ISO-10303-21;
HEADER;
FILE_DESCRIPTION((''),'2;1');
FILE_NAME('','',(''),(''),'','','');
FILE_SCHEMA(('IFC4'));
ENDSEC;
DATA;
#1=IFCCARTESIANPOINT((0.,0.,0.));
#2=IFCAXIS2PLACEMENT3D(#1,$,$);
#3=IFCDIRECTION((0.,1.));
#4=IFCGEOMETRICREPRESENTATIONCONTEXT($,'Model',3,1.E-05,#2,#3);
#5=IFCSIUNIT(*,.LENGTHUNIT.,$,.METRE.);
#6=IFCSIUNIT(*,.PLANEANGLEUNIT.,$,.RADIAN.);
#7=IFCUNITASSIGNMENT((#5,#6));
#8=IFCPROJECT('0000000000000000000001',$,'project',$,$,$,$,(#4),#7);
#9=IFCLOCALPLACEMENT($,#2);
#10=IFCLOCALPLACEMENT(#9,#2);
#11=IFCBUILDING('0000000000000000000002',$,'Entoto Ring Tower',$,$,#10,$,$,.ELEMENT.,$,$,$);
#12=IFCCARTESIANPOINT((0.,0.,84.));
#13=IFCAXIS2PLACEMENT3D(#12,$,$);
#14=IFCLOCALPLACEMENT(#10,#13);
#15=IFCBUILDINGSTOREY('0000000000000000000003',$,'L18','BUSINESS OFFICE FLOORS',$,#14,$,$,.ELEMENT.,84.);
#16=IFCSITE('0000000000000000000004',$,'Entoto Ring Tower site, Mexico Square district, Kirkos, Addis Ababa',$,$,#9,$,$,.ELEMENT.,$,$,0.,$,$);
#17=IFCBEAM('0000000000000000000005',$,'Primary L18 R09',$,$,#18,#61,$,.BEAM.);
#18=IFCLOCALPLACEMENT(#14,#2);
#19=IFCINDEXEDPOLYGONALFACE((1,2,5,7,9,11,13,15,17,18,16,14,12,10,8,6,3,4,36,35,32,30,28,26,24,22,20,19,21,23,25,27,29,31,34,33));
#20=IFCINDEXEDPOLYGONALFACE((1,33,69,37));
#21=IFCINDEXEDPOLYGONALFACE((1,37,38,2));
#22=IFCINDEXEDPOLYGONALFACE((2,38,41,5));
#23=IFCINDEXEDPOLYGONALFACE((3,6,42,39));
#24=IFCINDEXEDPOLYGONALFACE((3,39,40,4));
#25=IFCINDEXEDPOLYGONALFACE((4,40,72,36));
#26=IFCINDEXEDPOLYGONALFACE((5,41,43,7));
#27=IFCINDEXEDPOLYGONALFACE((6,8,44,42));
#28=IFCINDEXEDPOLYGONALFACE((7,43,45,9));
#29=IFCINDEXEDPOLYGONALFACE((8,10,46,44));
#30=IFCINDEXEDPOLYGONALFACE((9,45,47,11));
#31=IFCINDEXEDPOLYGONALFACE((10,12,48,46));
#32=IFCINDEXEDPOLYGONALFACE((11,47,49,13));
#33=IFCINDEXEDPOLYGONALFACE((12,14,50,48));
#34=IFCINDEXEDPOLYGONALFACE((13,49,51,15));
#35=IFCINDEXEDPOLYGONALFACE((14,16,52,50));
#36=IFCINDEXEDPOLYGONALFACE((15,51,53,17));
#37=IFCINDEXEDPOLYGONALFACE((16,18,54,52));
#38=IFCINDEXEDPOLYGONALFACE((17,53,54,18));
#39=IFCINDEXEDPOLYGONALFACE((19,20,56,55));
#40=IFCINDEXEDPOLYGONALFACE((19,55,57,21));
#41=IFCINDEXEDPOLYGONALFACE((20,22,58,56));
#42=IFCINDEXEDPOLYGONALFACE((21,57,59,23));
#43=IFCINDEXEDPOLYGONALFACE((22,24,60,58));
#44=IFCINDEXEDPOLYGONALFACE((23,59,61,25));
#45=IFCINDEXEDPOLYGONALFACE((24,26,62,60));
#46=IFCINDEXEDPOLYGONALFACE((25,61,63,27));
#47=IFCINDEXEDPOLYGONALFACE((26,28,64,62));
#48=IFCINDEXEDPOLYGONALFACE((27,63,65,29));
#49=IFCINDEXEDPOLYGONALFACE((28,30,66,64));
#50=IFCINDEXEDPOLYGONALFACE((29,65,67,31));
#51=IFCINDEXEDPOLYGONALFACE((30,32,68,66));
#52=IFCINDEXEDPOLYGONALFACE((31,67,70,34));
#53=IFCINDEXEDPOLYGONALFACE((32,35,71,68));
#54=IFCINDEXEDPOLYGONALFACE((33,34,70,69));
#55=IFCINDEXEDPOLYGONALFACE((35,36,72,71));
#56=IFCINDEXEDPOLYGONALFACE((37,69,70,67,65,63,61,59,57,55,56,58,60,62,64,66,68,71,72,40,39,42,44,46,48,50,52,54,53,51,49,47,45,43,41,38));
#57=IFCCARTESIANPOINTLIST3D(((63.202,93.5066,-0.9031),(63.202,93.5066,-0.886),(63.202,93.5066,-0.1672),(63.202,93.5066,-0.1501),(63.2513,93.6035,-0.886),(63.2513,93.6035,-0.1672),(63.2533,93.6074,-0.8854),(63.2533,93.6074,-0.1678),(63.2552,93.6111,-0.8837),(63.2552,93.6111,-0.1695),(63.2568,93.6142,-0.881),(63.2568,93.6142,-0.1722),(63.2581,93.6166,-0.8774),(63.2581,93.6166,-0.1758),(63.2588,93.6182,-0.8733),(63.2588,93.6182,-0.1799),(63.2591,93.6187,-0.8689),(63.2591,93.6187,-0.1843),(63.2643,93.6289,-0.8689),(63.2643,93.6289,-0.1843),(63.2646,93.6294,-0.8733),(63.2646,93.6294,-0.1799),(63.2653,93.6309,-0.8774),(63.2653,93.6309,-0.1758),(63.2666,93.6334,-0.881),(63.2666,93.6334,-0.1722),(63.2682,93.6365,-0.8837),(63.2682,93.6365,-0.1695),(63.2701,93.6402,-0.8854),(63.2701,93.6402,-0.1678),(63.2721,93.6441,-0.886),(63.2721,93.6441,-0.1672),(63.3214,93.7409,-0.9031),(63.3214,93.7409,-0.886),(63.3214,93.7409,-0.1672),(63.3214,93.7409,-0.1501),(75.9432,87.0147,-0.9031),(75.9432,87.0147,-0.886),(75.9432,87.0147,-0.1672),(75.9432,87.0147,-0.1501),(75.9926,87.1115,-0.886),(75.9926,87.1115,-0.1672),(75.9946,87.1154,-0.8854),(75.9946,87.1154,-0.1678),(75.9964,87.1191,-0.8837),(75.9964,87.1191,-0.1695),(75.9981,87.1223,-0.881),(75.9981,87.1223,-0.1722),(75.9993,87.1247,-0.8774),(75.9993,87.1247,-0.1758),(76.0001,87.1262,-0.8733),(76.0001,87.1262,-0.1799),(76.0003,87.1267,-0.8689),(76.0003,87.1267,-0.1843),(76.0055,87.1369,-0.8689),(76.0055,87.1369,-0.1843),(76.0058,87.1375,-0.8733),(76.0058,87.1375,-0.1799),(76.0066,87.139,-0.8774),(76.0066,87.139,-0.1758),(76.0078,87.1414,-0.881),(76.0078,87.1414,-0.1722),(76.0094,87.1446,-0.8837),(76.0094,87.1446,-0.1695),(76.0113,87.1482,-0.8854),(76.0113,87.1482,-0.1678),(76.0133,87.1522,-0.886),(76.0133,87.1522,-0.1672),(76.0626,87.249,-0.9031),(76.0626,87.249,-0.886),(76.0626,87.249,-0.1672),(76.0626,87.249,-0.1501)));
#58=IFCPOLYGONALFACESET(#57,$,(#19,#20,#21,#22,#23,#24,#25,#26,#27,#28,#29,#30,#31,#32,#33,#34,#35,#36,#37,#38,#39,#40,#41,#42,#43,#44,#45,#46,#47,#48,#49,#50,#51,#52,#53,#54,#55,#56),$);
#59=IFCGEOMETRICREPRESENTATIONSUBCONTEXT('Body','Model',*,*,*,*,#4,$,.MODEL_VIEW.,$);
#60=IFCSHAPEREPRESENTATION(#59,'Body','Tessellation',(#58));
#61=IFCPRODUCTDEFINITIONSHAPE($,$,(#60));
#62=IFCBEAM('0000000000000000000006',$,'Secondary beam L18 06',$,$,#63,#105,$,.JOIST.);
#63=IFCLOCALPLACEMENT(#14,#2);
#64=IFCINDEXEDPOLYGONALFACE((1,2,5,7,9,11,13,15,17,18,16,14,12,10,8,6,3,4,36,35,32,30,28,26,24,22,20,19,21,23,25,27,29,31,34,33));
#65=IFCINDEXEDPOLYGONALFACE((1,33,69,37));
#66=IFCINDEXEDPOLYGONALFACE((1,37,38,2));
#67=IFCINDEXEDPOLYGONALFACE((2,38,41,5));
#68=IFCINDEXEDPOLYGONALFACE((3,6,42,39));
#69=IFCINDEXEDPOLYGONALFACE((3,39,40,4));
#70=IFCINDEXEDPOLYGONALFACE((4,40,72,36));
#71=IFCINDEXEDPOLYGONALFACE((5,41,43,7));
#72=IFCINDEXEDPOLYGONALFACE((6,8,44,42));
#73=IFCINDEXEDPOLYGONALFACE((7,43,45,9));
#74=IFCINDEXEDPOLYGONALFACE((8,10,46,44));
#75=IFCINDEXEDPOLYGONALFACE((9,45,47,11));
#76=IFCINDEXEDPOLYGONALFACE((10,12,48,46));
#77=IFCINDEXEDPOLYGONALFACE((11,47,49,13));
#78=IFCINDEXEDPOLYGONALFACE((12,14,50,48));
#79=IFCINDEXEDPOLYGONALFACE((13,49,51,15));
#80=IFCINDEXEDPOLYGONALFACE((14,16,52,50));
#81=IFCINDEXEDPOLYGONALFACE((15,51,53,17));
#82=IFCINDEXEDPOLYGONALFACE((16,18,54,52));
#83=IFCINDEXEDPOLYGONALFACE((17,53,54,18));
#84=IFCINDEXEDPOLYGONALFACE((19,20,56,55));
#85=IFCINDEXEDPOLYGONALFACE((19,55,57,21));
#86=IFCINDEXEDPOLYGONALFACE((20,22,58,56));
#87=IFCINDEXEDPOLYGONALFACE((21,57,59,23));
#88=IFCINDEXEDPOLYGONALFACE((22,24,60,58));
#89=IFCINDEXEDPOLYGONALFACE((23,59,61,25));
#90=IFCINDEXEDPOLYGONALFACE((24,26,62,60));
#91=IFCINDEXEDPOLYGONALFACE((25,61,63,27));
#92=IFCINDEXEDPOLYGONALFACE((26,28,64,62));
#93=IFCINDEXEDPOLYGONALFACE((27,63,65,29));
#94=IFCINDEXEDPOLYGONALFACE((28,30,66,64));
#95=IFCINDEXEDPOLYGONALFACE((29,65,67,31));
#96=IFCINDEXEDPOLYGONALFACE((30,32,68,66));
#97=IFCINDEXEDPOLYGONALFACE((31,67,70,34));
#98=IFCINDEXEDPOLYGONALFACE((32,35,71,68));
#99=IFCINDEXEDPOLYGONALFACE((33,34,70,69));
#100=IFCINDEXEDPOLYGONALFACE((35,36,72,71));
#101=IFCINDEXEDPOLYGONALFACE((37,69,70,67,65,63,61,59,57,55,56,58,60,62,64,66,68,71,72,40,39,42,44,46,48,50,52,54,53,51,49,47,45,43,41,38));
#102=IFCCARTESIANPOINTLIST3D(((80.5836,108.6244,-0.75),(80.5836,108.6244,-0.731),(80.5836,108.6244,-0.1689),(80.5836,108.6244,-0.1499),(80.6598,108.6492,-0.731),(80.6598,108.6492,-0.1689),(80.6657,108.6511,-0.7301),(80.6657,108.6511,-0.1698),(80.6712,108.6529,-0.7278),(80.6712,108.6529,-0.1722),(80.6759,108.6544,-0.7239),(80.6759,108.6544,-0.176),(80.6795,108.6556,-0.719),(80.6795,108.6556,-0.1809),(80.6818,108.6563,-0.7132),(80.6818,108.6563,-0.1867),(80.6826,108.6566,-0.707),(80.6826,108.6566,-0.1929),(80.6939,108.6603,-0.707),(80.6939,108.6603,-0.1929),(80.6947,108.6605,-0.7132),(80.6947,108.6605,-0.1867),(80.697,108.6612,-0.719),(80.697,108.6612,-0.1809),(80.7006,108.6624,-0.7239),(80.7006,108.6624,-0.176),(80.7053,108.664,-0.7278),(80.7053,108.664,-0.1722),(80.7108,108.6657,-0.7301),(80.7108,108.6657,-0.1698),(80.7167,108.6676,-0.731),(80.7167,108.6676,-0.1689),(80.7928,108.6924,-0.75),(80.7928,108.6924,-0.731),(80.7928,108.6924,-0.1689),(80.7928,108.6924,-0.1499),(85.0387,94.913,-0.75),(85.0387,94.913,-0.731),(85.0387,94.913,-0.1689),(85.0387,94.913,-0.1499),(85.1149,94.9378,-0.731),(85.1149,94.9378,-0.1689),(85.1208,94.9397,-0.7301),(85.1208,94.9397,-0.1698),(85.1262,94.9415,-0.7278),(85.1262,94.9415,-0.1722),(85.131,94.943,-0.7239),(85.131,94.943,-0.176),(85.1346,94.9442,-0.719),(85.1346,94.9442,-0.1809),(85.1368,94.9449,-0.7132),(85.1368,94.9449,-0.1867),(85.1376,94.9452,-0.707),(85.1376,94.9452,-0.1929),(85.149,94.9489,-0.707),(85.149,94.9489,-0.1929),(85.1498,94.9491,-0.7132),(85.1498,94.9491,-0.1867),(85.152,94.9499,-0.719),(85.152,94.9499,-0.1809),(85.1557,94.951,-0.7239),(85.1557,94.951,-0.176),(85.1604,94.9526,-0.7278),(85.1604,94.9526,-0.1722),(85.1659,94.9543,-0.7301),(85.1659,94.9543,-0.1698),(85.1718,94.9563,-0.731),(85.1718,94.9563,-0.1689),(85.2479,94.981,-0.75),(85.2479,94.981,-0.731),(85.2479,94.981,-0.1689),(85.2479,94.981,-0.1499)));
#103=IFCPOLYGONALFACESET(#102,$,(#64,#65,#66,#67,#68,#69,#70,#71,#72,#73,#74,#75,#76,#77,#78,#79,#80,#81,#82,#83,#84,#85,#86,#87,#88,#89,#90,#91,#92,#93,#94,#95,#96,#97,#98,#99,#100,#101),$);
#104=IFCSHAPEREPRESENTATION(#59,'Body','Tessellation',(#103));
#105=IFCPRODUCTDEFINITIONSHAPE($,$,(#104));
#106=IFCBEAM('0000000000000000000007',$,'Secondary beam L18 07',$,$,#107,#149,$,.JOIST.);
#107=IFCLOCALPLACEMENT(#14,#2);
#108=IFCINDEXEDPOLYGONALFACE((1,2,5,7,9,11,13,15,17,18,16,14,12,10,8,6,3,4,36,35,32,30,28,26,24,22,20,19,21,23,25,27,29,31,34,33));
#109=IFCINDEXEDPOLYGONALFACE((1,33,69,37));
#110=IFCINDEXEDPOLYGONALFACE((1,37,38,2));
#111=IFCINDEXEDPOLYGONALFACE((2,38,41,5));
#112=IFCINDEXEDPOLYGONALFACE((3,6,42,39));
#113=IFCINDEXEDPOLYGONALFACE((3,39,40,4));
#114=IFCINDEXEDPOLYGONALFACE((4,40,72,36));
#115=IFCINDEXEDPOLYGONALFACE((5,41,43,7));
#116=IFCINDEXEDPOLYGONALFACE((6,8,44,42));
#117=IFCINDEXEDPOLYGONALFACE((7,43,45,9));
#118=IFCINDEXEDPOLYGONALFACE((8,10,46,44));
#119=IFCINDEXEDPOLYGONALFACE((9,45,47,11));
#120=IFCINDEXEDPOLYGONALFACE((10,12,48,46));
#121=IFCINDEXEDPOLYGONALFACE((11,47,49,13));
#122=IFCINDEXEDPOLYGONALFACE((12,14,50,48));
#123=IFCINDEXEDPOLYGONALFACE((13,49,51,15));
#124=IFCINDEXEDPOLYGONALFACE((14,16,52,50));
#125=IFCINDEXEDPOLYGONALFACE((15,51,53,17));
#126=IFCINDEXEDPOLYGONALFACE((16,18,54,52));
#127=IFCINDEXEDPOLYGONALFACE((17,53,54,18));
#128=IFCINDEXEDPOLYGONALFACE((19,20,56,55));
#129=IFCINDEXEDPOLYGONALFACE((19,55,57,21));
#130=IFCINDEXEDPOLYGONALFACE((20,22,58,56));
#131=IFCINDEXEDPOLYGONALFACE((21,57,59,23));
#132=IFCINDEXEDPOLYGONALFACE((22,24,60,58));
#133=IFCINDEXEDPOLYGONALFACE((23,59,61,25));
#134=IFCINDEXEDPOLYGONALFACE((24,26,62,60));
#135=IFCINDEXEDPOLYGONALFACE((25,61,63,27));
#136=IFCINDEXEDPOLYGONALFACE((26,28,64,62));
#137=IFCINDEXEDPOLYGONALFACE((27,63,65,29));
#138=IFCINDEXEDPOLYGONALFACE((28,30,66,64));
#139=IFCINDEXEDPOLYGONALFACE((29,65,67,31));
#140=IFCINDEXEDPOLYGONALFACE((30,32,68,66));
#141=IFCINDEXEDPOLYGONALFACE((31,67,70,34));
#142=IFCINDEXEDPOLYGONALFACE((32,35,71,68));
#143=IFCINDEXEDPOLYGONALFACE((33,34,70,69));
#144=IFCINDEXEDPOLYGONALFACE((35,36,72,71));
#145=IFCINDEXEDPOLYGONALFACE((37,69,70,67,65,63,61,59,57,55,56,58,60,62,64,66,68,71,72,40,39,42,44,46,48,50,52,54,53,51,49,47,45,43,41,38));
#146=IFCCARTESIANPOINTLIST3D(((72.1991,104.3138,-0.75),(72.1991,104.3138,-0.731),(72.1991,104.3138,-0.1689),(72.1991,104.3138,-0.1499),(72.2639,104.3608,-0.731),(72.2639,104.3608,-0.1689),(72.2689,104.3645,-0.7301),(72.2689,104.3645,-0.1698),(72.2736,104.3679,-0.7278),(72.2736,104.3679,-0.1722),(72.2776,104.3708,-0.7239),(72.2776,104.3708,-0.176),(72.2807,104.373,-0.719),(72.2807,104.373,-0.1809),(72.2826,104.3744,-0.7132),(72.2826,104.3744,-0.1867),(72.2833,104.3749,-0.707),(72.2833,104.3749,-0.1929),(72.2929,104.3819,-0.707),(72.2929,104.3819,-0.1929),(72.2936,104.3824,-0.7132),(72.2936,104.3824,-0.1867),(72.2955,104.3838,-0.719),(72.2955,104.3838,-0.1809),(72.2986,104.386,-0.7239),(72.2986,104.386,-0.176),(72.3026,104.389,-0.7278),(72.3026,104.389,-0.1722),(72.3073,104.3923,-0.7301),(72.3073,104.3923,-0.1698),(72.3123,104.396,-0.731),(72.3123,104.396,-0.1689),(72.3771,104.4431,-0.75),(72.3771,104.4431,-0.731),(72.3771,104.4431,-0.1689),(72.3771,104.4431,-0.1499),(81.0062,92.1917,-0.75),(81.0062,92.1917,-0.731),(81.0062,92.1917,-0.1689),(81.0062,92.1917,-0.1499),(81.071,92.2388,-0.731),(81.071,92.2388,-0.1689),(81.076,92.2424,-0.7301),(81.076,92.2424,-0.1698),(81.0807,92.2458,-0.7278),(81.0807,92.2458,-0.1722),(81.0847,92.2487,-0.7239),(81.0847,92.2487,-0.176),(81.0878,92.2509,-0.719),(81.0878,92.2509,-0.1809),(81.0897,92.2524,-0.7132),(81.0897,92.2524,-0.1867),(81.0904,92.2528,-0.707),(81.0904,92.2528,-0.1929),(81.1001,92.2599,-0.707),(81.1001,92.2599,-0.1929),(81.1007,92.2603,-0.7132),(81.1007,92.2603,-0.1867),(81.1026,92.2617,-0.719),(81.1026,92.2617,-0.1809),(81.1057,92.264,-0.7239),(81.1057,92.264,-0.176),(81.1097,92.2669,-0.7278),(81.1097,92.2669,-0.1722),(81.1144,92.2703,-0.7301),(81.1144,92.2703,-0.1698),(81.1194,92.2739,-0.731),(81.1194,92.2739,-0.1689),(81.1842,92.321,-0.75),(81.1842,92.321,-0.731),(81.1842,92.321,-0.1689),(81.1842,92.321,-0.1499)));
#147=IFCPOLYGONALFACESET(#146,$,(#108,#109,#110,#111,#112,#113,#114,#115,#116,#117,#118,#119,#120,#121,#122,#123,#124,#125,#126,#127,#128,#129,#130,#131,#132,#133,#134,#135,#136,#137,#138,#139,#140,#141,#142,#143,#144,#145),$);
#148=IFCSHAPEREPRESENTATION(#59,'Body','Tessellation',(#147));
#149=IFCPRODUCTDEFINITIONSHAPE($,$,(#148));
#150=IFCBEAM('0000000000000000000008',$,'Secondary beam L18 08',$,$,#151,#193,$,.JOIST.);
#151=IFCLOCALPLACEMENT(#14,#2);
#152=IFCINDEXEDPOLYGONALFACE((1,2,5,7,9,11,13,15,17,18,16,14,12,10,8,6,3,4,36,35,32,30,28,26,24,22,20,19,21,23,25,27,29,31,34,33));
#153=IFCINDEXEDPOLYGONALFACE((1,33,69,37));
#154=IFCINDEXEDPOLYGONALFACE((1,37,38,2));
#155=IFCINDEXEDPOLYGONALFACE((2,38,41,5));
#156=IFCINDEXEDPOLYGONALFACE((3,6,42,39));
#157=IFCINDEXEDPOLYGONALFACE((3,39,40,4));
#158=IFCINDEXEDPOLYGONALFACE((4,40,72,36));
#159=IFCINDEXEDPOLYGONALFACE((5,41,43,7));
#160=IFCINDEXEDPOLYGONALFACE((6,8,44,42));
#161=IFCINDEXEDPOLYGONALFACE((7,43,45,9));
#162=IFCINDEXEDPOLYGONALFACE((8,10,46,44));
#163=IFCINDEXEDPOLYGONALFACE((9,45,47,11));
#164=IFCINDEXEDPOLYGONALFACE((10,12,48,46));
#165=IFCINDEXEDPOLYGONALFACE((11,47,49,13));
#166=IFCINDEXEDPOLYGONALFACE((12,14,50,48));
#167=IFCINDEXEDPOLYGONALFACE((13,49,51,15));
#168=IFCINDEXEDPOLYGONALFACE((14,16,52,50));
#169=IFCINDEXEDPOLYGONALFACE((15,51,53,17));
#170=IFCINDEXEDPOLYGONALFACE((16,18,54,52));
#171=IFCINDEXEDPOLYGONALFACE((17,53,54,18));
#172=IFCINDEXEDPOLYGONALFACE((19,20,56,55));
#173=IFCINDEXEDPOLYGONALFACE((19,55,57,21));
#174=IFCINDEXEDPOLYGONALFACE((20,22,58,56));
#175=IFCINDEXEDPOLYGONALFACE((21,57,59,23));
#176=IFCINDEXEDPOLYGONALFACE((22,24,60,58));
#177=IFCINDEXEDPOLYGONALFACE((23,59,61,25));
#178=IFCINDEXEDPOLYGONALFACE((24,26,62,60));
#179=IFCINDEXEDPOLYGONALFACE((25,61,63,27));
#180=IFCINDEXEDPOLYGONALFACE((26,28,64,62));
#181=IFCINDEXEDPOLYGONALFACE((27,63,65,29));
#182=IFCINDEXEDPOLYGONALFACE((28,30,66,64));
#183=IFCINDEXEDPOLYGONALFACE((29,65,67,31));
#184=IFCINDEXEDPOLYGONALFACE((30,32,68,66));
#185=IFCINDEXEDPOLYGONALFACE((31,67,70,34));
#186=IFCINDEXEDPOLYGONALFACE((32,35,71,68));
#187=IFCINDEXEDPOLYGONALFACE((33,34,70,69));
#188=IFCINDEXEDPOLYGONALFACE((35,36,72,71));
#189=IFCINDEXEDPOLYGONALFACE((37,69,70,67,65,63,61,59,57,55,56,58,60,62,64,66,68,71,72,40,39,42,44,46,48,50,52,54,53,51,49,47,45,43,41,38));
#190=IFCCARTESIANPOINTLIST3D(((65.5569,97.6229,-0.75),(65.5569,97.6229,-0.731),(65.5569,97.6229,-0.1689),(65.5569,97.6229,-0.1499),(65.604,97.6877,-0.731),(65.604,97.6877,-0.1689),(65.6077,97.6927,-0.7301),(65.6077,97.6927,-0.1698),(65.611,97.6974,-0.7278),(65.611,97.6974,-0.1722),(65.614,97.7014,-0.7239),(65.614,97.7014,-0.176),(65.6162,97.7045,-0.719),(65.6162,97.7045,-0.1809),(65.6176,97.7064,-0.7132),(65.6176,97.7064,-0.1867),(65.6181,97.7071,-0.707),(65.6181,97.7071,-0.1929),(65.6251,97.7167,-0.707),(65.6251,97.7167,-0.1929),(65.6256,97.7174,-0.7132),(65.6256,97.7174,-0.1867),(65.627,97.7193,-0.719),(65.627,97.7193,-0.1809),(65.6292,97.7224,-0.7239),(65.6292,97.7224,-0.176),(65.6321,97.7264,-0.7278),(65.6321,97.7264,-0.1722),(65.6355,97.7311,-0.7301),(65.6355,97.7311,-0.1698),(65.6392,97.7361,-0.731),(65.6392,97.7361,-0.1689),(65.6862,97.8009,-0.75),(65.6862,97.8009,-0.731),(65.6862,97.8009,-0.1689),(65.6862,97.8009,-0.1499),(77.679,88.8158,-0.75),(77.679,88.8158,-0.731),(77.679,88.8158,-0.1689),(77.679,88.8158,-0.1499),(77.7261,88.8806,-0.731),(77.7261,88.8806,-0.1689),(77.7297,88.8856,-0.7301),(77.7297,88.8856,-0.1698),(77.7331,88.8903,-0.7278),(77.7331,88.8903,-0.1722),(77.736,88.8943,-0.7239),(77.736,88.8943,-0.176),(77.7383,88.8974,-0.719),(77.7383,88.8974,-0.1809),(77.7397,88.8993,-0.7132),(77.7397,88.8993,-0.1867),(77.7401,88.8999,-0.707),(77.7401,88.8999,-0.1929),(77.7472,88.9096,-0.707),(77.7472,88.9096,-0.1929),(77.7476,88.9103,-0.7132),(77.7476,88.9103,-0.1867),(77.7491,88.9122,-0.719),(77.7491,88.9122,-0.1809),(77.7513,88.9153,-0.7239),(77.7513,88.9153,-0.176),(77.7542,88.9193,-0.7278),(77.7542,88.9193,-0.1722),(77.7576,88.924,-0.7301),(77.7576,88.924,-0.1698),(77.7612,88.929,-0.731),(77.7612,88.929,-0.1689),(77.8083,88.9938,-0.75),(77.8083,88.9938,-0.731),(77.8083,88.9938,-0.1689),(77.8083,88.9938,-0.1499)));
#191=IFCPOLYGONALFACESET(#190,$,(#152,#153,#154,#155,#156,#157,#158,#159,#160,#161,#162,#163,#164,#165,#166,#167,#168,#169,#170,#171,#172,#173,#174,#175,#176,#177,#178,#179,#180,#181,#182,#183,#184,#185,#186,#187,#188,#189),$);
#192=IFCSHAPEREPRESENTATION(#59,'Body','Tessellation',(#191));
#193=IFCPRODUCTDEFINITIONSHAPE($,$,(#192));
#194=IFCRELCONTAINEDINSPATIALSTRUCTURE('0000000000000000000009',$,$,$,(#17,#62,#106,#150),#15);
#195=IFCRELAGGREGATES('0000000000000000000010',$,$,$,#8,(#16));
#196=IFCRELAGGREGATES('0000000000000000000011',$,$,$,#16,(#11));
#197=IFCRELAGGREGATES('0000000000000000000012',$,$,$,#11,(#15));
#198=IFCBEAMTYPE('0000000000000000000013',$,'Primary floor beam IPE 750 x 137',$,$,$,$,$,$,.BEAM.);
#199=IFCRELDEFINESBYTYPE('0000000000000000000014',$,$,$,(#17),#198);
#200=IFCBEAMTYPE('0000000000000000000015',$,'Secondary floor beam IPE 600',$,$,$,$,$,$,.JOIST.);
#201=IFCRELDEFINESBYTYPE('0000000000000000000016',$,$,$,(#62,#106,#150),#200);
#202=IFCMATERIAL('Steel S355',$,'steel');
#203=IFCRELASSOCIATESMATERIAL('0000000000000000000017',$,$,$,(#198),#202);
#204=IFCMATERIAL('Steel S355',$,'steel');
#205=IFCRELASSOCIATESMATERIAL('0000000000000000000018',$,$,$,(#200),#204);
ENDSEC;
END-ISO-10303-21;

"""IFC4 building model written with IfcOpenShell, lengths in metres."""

from ifc_helpers import new_model, si_unit, direction, frame, origin, origin_2d, place, context, subcontext, project, spatial, i_section, extrude, material, material_profile, profile_set, type_object, element, save


model = new_model("IFC4")

# Units and contexts
model_context = context("Model", 3, precision=1e-05, world=origin(), true_north=direction((0.0, 1.0)))
body_context = subcontext(model_context, "Body", "Model", "MODEL_VIEW")
ifc_project = project(units=[si_unit("LENGTHUNIT", "METRE"), si_unit("PLANEANGLEUNIT", "RADIAN")], contexts=[model_context])

# Site, building, storey
site_placement = place(None, origin())
site = spatial("IfcSite", under=ifc_project, at=site_placement, Name="Entoto Ring Tower site, Mexico Square district, Kirkos, Addis Ababa", CompositionType="ELEMENT", RefElevation=0.0)
building_placement = place(site_placement, origin())
building = spatial("IfcBuilding", under=site, at=building_placement, Name="Entoto Ring Tower", CompositionType="ELEMENT")
storey_placement = place(building_placement, frame((0.0, 0.0, 84.0)))
storey = spatial("IfcBuildingStorey", under=building, at=storey_placement, Name="L18", Description="BUSINESS OFFICE FLOORS", CompositionType="ELEMENT", Elevation=84.0)

# Beams
ifc_material_1 = material(Name="Steel S355", Category="steel")
ifc_material_profile_1 = material_profile(ifc_material_1, i_section(OverallWidth=0.2629, OverallDepth=0.7529, WebThickness=0.0115, FlangeThickness=0.0171, FilletRadius=0.0171, at=origin_2d()), Name="IPE 750 x 137")
ifc_profile_set_1 = profile_set([ifc_material_profile_1], Name="Steel S355")
beam_type_1 = type_object("IfcBeamType", Name="Primary floor beam IPE 750 x 137", PredefinedType="BEAM", material=ifc_profile_set_1)
beam_1_placement = place(storey_placement, frame((76.0029, 87.1318, -0.5266), z_axis=(-0.891007, 0.453989, 0.0), x_axis=(-0.453989, -0.891007, 0.0)))
element("IfcBeam", 1, at=beam_1_placement, inside=storey, type_object=beam_type_1, Name="Primary L18 R09", PredefinedType="BEAM", context=body_context, shape_type="SweptSolid", body=[
    extrude(i_section(OverallWidth=0.2629, OverallDepth=0.7529, WebThickness=0.0115, FlangeThickness=0.0171, FilletRadius=0.0171, at=origin_2d()), origin(), (0.0, 0.0, 1.0), 14.2998),
])
ifc_material_2 = material(Name="Steel S355", Category="steel")
ifc_material_profile_2 = material_profile(ifc_material_2, i_section(OverallWidth=0.22, OverallDepth=0.6001, WebThickness=0.012, FlangeThickness=0.019, FilletRadius=0.0239, at=origin_2d()), Name="IPE 600")
ifc_profile_set_2 = profile_set([ifc_material_profile_2], Name="Steel S355")
beam_type_2 = type_object("IfcBeamType", Name="Secondary floor beam IPE 600", PredefinedType="JOIST", material=ifc_profile_set_2)
beam_2_placement = place(storey_placement, frame((85.1433, 94.947, -0.45), z_axis=(-0.309015, 0.951057, 0.0), x_axis=(-0.951057, -0.309015, 0.0)))
element("IfcBeam", 2, at=beam_2_placement, inside=storey, type_object=beam_type_2, Name="Secondary beam L18 06", PredefinedType="JOIST", context=body_context, shape_type="SweptSolid", body=[
    extrude(i_section(OverallWidth=0.22, OverallDepth=0.6001, WebThickness=0.012, FlangeThickness=0.019, FilletRadius=0.0239, at=origin_2d()), origin(), (0.0, 0.0, 1.0), 14.417),
])
for number, where, z_axis, x_axis, name in (
    (3, (81.0952, 92.2563, -0.45), (-0.587782, 0.809019, 0.0), (-0.809019, -0.587782, 0.0), "Secondary beam L18 07"),
    (4, (77.7437, 88.9048, -0.45), (-0.809019, 0.587782, 0.0), (-0.587782, -0.809019, 0.0), "Secondary beam L18 08"),
):
    element("IfcBeam", number, at=place(storey_placement, frame(where, z_axis=z_axis, x_axis=x_axis)), inside=storey, type_object=beam_type_2, Name=name, PredefinedType="JOIST", context=body_context, shape_type="SweptSolid", body=[
        extrude(i_section(OverallWidth=0.22, OverallDepth=0.6001, WebThickness=0.012, FlangeThickness=0.019, FilletRadius=0.0239, at=origin_2d()), origin(), (0.0, 0.0, 1.0), 14.9836),
    ])

save(model, "model.ifc")
